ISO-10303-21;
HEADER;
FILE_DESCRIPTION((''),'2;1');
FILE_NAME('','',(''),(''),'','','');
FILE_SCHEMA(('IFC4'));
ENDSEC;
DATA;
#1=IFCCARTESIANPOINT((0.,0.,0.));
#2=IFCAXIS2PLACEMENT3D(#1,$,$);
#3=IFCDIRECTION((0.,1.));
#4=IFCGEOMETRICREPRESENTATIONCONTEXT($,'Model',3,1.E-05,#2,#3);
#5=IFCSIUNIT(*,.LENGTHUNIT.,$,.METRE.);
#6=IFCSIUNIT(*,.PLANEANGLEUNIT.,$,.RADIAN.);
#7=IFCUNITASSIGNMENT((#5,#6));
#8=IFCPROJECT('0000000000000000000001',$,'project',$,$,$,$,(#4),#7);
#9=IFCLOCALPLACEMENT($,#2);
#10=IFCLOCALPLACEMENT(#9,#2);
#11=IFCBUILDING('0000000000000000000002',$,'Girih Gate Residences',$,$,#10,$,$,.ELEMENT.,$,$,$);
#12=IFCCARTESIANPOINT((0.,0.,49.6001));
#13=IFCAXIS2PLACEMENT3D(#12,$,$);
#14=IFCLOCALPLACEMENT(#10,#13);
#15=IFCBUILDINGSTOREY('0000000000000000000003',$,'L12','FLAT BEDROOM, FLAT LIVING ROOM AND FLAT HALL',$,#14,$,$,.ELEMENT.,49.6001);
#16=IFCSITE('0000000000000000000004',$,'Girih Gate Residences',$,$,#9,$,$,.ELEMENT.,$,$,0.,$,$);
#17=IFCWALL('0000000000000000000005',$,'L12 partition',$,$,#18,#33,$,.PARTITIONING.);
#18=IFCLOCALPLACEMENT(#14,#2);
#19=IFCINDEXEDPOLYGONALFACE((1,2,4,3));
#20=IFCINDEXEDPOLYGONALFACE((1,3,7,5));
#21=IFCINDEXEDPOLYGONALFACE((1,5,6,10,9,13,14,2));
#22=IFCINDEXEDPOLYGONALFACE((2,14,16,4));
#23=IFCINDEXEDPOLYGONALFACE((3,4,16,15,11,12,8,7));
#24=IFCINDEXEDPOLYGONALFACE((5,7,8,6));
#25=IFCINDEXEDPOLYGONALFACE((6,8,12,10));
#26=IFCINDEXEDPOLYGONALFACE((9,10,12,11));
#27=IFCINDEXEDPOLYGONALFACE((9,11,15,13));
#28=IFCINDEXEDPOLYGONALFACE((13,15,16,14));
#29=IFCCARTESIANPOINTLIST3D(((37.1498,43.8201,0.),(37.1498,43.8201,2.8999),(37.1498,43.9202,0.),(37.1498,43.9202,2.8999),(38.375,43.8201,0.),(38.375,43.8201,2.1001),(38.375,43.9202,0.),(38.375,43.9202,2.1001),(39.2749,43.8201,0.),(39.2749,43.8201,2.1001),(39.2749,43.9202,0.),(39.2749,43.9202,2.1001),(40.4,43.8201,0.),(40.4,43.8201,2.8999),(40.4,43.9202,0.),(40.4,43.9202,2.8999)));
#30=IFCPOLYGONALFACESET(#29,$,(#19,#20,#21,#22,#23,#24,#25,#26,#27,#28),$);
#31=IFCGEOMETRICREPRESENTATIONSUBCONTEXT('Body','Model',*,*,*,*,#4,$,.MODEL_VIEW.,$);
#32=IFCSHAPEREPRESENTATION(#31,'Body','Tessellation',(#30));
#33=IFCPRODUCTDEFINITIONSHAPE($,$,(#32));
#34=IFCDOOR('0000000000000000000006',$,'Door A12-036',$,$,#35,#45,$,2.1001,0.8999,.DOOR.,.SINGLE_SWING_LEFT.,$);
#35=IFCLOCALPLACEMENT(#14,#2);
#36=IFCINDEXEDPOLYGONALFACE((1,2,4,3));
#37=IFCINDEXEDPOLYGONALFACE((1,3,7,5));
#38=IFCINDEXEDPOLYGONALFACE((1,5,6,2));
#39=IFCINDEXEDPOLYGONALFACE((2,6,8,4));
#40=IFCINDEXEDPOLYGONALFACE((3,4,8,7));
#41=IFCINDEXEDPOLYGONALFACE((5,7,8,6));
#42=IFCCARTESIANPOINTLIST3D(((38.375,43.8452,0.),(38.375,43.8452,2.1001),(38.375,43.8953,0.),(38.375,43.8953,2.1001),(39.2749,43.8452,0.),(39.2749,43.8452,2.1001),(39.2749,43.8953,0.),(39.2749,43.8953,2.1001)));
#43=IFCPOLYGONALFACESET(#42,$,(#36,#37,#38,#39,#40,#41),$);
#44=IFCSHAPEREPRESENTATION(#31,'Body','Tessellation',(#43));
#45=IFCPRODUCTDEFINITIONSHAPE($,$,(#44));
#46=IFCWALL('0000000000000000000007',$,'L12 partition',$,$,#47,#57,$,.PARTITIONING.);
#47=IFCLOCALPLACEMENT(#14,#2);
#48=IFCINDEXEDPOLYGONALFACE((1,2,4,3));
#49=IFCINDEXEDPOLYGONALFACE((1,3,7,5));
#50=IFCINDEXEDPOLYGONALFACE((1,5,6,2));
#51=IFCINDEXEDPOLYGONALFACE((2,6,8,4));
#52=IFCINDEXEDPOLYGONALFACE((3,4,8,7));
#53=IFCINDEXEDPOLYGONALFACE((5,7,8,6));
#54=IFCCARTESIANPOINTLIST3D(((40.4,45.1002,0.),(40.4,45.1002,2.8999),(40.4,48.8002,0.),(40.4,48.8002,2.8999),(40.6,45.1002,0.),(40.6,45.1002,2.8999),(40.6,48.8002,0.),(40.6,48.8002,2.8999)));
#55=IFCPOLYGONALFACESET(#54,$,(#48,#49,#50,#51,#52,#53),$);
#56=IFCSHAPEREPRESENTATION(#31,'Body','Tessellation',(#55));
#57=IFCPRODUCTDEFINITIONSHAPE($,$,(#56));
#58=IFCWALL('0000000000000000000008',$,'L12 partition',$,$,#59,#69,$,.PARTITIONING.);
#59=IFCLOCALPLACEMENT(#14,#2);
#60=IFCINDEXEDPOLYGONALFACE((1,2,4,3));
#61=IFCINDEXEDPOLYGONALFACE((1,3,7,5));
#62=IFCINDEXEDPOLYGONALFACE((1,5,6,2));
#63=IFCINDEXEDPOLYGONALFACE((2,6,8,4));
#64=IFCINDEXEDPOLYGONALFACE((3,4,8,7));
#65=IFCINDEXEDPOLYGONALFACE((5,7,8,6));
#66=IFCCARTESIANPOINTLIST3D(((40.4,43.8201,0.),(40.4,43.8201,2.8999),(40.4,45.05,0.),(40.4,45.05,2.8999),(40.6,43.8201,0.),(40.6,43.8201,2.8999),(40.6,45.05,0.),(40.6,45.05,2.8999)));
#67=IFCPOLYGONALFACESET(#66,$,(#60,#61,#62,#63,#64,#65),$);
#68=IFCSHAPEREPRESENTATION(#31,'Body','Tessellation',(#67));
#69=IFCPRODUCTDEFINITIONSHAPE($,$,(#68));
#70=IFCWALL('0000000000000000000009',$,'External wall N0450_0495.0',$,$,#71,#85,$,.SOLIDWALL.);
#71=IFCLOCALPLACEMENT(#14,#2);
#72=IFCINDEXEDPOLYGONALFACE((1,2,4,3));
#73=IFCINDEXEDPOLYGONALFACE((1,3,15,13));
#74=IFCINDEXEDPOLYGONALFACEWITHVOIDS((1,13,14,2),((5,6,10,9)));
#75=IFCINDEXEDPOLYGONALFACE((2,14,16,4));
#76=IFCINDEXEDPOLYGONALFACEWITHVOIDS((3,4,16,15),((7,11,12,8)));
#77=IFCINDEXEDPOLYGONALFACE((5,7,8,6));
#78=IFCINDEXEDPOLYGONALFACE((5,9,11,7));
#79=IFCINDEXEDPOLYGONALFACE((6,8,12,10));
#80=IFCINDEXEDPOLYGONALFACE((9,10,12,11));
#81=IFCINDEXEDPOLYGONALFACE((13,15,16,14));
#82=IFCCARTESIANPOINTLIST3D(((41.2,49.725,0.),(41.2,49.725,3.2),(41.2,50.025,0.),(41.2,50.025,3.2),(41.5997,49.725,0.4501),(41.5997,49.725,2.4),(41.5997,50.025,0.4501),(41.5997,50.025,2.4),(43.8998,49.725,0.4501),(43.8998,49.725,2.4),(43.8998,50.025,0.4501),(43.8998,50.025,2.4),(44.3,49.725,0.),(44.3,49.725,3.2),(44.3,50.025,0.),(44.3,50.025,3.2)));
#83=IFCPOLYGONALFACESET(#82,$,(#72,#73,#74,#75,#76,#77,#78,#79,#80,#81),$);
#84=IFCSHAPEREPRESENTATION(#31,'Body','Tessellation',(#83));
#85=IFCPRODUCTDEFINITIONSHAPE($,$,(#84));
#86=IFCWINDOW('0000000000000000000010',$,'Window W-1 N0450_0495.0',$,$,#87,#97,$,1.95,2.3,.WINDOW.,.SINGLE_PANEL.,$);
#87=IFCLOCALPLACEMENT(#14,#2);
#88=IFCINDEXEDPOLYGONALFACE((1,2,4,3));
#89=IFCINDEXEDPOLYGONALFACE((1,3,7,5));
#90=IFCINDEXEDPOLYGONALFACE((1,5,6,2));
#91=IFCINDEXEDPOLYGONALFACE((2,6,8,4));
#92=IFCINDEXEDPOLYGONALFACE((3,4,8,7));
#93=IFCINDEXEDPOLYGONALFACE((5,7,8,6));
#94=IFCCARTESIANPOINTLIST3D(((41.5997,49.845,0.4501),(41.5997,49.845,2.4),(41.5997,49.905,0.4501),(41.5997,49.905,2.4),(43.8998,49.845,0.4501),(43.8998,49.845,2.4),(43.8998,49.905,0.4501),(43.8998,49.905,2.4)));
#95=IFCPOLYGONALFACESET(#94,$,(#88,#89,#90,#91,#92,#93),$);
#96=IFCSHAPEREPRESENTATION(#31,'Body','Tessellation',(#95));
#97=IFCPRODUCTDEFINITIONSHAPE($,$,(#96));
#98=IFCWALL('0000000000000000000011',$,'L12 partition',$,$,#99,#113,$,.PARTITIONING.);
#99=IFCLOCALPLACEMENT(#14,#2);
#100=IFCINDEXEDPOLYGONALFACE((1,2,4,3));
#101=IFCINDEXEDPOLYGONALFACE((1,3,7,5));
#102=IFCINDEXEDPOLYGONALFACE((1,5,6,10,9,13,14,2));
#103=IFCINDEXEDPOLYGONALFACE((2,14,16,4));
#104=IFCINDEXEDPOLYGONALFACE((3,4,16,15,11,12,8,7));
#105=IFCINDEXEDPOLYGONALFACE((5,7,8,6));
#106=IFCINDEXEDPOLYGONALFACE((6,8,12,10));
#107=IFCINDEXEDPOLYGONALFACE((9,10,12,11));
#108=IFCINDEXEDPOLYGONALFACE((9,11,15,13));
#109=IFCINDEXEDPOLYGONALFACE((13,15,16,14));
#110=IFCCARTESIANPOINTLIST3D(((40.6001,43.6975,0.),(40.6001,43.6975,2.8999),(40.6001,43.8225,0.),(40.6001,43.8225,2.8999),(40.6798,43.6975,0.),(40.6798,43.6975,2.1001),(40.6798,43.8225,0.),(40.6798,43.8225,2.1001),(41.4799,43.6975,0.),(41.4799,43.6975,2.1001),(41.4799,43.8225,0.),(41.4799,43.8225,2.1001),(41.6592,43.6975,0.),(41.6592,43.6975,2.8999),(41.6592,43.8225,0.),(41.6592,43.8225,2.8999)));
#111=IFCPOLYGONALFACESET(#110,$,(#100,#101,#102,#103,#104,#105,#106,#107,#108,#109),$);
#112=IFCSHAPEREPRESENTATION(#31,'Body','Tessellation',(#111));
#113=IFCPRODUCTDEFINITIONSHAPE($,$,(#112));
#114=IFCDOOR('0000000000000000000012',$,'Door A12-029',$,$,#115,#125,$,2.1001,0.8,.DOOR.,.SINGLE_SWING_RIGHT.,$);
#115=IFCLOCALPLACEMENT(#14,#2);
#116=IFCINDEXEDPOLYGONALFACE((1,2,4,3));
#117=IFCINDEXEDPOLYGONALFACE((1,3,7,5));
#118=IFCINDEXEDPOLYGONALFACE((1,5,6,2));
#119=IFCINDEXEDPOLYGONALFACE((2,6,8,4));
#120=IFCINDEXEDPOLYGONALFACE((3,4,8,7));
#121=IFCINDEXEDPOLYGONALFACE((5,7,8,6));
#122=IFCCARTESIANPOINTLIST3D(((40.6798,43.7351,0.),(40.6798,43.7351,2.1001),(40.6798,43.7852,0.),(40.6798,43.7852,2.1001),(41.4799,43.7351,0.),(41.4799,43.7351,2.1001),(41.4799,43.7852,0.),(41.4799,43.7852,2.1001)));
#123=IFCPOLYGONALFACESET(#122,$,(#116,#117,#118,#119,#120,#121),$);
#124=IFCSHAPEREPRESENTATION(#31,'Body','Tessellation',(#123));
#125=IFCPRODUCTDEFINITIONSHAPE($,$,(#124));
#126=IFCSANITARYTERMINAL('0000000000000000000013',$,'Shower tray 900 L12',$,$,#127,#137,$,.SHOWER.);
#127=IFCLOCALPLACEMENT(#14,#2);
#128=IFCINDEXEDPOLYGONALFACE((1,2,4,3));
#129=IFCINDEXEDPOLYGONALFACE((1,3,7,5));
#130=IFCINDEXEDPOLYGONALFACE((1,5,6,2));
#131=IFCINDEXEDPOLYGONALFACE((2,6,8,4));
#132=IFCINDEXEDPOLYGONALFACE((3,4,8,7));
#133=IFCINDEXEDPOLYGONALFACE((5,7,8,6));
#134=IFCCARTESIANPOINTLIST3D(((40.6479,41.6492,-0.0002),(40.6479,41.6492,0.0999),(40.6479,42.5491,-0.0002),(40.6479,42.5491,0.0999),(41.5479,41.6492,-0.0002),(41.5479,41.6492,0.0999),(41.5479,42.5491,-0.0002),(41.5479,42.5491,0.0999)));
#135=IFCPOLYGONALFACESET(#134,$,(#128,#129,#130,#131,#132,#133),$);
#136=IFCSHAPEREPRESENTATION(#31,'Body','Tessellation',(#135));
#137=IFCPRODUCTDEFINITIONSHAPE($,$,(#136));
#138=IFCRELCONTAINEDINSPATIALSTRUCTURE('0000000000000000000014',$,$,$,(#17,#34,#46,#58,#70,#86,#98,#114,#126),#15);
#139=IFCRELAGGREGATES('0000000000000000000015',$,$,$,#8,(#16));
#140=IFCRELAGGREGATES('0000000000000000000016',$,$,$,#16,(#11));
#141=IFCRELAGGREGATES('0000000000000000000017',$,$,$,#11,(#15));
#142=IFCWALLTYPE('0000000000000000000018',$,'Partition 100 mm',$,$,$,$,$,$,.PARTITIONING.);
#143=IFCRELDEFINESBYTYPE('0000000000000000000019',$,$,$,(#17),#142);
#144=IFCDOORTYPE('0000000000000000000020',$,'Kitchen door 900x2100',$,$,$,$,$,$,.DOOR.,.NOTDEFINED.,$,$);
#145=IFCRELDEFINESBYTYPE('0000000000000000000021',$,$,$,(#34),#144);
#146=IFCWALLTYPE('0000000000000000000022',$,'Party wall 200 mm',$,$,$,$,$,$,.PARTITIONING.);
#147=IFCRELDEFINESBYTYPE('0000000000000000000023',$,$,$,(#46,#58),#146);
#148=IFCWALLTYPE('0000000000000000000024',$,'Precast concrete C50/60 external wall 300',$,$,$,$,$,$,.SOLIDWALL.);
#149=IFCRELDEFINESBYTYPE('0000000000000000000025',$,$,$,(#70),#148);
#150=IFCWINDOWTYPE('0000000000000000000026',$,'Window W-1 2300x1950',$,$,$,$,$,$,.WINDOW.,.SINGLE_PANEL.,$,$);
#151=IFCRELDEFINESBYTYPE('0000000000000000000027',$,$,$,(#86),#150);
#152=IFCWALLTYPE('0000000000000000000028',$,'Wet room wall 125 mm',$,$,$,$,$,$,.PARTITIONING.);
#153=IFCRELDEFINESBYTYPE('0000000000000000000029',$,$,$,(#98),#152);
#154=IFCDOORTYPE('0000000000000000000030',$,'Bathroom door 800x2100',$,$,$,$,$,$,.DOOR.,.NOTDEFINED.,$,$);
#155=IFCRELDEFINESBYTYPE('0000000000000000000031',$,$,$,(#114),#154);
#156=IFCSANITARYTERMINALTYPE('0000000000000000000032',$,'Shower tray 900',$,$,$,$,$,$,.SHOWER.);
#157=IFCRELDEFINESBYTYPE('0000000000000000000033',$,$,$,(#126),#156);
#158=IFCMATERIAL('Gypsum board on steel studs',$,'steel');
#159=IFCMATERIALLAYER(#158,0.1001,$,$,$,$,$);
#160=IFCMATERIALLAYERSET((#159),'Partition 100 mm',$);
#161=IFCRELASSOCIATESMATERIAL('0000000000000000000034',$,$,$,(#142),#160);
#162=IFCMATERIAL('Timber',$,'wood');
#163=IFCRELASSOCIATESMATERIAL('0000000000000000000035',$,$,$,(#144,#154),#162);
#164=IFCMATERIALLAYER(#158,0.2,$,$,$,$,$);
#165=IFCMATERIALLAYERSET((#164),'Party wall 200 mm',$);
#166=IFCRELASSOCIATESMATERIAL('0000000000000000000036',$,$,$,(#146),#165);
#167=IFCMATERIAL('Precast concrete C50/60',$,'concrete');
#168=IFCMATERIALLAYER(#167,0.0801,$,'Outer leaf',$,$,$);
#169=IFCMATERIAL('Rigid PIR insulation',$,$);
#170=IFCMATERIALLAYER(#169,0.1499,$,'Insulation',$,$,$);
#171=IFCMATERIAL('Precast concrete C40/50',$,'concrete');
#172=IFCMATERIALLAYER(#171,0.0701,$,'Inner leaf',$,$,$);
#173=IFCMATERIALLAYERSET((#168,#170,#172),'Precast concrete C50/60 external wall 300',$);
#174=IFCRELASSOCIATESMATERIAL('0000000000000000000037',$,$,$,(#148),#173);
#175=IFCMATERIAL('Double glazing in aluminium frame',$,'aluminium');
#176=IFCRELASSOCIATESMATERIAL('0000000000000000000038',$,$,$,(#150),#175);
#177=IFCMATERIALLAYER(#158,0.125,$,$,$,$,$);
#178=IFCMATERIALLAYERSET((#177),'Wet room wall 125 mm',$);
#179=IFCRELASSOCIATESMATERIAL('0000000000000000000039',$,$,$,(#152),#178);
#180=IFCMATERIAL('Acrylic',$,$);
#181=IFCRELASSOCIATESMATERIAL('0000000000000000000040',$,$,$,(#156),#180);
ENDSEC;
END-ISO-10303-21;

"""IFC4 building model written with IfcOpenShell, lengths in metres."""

from ifc_helpers import new_model, si_unit, direction, frame, frame_2d, origin, origin_2d, place, context, subcontext, project, spatial, rectangle, extrude, material, layer, layer_set, type_object, element, fill, save


model = new_model("IFC4")

# Units and contexts
model_context = context("Model", 3, precision=1e-05, world=origin(), true_north=direction((0.0, 1.0)))
body_context = subcontext(model_context, "Body", "Model", "MODEL_VIEW")
ifc_project = project(units=[si_unit("LENGTHUNIT", "METRE"), si_unit("PLANEANGLEUNIT", "RADIAN")], contexts=[model_context])

# Site, building, storey
site_placement = place(None, origin())
site = spatial("IfcSite", under=ifc_project, at=site_placement, Name="Girih Gate Residences", CompositionType="ELEMENT", RefElevation=0.0)
building_placement = place(site_placement, origin())
building = spatial("IfcBuilding", under=site, at=building_placement, Name="Girih Gate Residences", CompositionType="ELEMENT")
storey_placement = place(building_placement, frame((0.0, 0.0, 49.6001)))
storey = spatial("IfcBuildingStorey", under=building, at=storey_placement, Name="L12", Description="FLAT BEDROOM, FLAT LIVING ROOM AND FLAT HALL", CompositionType="ELEMENT", Elevation=49.6001)

# Wall, opening, door
ifc_material_1 = material(Name="Gypsum board on steel studs", Category="steel")
ifc_layer_1 = layer(ifc_material_1, 0.1001)
ifc_layer_set_1 = layer_set([ifc_layer_1], Name="Partition 100 mm")
wall_type_1 = type_object("IfcWallType", Name="Partition 100 mm", PredefinedType="PARTITIONING", material=ifc_layer_set_1)
ifc_material_2 = material(Name="Timber", Category="wood")
door_type_1 = type_object("IfcDoorType", Name="Kitchen door 900x2100", OperationType="NOTDEFINED", PredefinedType="DOOR", material=ifc_material_2)
wall_1_placement = place(storey_placement, frame((40.3999, 43.8701, 0.0), z_axis=(0.0, 0.0, 1.0), x_axis=(-1.0, 0.0, 0.0)))
wall_1 = element("IfcWall", 1, at=wall_1_placement, inside=storey, type_object=wall_type_1, Name="L12 partition", PredefinedType="PARTITIONING", context=body_context, shape_type="SweptSolid", body=[
    extrude(rectangle(XDim=3.2502, YDim=0.1001, at=frame_2d((1.625, 0.0))), origin(), (0.0, 0.0, 1.0), 2.8999),
])
opening_1_placement = place(wall_1_placement, frame((1.125, 0.0, 0.0)))
opening_1 = element("IfcOpeningElement", 2, at=opening_1_placement, cuts=wall_1, PredefinedType="OPENING", context=body_context, shape_type="SweptSolid", body=[
    extrude(rectangle(XDim=0.8999, YDim=2.1001, at=frame_2d((0.45, 1.05))), frame((0.0, 0.0601, 0.0), z_axis=(0.0, -1.0, 0.0), x_axis=(1.0, 0.0, 0.0)), (0.0, 0.0, 1.0), 0.1201),
])
door_1_placement = place(opening_1_placement, origin())
door_1 = element("IfcDoor", 3, at=door_1_placement, inside=storey, type_object=door_type_1, Name="Door A12-036", OperationType="SINGLE_SWING_LEFT", OverallHeight=2.1001, OverallWidth=0.8999, PredefinedType="DOOR", context=body_context, shape_type="SweptSolid", body=[
    extrude(rectangle(XDim=0.8999, YDim=2.1001, at=frame_2d((0.45, 1.05))), frame((0.0, 0.0249, 0.0), z_axis=(0.0, -1.0, 0.0), x_axis=(1.0, 0.0, 0.0)), (0.0, 0.0, 1.0), 0.05),
])
fill(opening_1, door_1)

# Walls
ifc_layer_2 = layer(ifc_material_1, 0.2)
ifc_layer_set_2 = layer_set([ifc_layer_2], Name="Party wall 200 mm")
wall_type_2 = type_object("IfcWallType", Name="Party wall 200 mm", PredefinedType="PARTITIONING", material=ifc_layer_set_2)
wall_2_placement = place(storey_placement, frame((40.5, 45.1001, 0.0), z_axis=(0.0, 0.0, 1.0), x_axis=(0.0, 1.0, 0.0)))
element("IfcWall", 4, at=wall_2_placement, inside=storey, type_object=wall_type_2, Name="L12 partition", PredefinedType="PARTITIONING", context=body_context, shape_type="SweptSolid", body=[
    extrude(rectangle(XDim=3.7, YDim=0.2, at=frame_2d((1.8501, 0.0))), origin(), (0.0, 0.0, 1.0), 2.8999),
])
wall_3_placement = place(storey_placement, frame((40.5, 43.8201, 0.0), z_axis=(0.0, 0.0, 1.0), x_axis=(0.0, 1.0, 0.0)))
element("IfcWall", 5, at=wall_3_placement, inside=storey, type_object=wall_type_2, Name="L12 partition", PredefinedType="PARTITIONING", context=body_context, shape_type="SweptSolid", body=[
    extrude(rectangle(XDim=1.23, YDim=0.2, at=frame_2d((0.615, 0.0))), origin(), (0.0, 0.0, 1.0), 2.8999),
])

# Wall, opening, window
ifc_material_3 = material(Name="Precast concrete C50/60", Category="concrete")
ifc_layer_3 = layer(ifc_material_3, 0.0801, Name="Outer leaf")
ifc_material_4 = material(Name="Rigid PIR insulation")
ifc_layer_4 = layer(ifc_material_4, 0.1499, Name="Insulation")
ifc_material_5 = material(Name="Precast concrete C40/50", Category="concrete")
ifc_layer_5 = layer(ifc_material_5, 0.0701, Name="Inner leaf")
ifc_layer_set_3 = layer_set([ifc_layer_3, ifc_layer_4, ifc_layer_5], Name="Precast concrete C50/60 external wall 300")
wall_type_3 = type_object("IfcWallType", Name="Precast concrete C50/60 external wall 300", PredefinedType="SOLIDWALL", material=ifc_layer_set_3)
wall_4_placement = place(storey_placement, frame((41.2, 49.875, 0.0), z_axis=(0.0, 0.0, 1.0), x_axis=(1.0, 0.0, 0.0)))
wall_4 = element("IfcWall", 6, at=wall_4_placement, inside=storey, type_object=wall_type_3, Name="External wall N0450_0495.0", PredefinedType="SOLIDWALL", context=body_context, shape_type="SweptSolid", body=[
    extrude(rectangle(XDim=3.1001, YDim=0.3, at=frame_2d((1.55, 0.0))), origin(), (0.0, 0.0, 1.0), 3.2),
])
opening_2_placement = place(wall_4_placement, frame((0.3999, 0.0, 0.45)))
opening_2 = element("IfcOpeningElement", 7, at=opening_2_placement, cuts=wall_4, PredefinedType="OPENING", context=body_context, shape_type="SweptSolid", body=[
    extrude(rectangle(XDim=2.3, YDim=1.95, at=frame_2d((1.1499, 0.9751))), frame((0.0, 0.1599, 0.0), z_axis=(0.0, -1.0, 0.0), x_axis=(1.0, 0.0, 0.0)), (0.0, 0.0, 1.0), 0.3201),
])
ifc_material_6 = material(Name="Double glazing in aluminium frame", Category="aluminium")
window_type = type_object("IfcWindowType", Name="Window W-1 2300x1950", PartitioningType="SINGLE_PANEL", PredefinedType="WINDOW", material=ifc_material_6)
window_placement = place(opening_2_placement, origin())
window = element("IfcWindow", 8, at=window_placement, inside=storey, type_object=window_type, Name="Window W-1 N0450_0495.0", OverallHeight=1.95, OverallWidth=2.3, PartitioningType="SINGLE_PANEL", PredefinedType="WINDOW", context=body_context, shape_type="SweptSolid", body=[
    extrude(rectangle(XDim=2.3, YDim=1.95, at=frame_2d((1.1499, 0.9751))), frame((0.0, 0.03, 0.0), z_axis=(0.0, -1.0, 0.0), x_axis=(1.0, 0.0, 0.0)), (0.0, 0.0, 1.0), 0.0601),
])
fill(opening_2, window)

# Wall, opening, door
ifc_layer_6 = layer(ifc_material_1, 0.125)
ifc_layer_set_4 = layer_set([ifc_layer_6], Name="Wet room wall 125 mm")
wall_type_4 = type_object("IfcWallType", Name="Wet room wall 125 mm", PredefinedType="PARTITIONING", material=ifc_layer_set_4)
wall_5_placement = place(storey_placement, frame((41.6592, 43.76, 0.0), z_axis=(0.0, 0.0, 1.0), x_axis=(-1.0, 0.0, 0.0)))
wall_5 = element("IfcWall", 9, at=wall_5_placement, inside=storey, type_object=wall_type_4, Name="L12 partition", PredefinedType="PARTITIONING", context=body_context, shape_type="SweptSolid", body=[
    extrude(rectangle(XDim=1.0591, YDim=0.125, at=frame_2d((0.5295, 0.0))), origin(), (0.0, 0.0, 1.0), 2.8999),
])
opening_3_placement = place(wall_5_placement, frame((0.1794, 0.0, 0.0)))
opening_3 = element("IfcOpeningElement", 10, at=opening_3_placement, cuts=wall_5, PredefinedType="OPENING", context=body_context, shape_type="SweptSolid", body=[
    extrude(rectangle(XDim=0.8, YDim=2.1001, at=frame_2d((0.3999, 1.05))), frame((0.0, 0.0725, 0.0), z_axis=(0.0, -1.0, 0.0), x_axis=(1.0, 0.0, 0.0)), (0.0, 0.0, 1.0), 0.145),
])
door_type_2 = type_object("IfcDoorType", Name="Bathroom door 800x2100", OperationType="NOTDEFINED", PredefinedType="DOOR", material=ifc_material_2)
door_2_placement = place(opening_3_placement, origin())
door_2 = element("IfcDoor", 11, at=door_2_placement, inside=storey, type_object=door_type_2, Name="Door A12-029", OperationType="SINGLE_SWING_RIGHT", OverallHeight=2.1001, OverallWidth=0.8, PredefinedType="DOOR", context=body_context, shape_type="SweptSolid", body=[
    extrude(rectangle(XDim=0.8, YDim=2.1001, at=frame_2d((0.3999, 1.05))), frame((0.0, 0.0249, 0.0), z_axis=(0.0, -1.0, 0.0), x_axis=(1.0, 0.0, 0.0)), (0.0, 0.0, 1.0), 0.05),
])
fill(opening_3, door_2)

# Sanitary terminal
ifc_material_7 = material(Name="Acrylic")
sanitary_terminal_type = type_object("IfcSanitaryTerminalType", Name="Shower tray 900", PredefinedType="SHOWER", material=ifc_material_7)
sanitary_terminal_placement = place(storey_placement, frame((41.0979, 42.0991, -0.0002), z_axis=(0.0, 0.0, 1.0), x_axis=(1.0, 0.0, 0.0)))
element("IfcSanitaryTerminal", 12, at=sanitary_terminal_placement, inside=storey, type_object=sanitary_terminal_type, Name="Shower tray 900 L12", PredefinedType="SHOWER", context=body_context, shape_type="SweptSolid", body=[
    extrude(rectangle(XDim=0.8999, YDim=0.8999, at=origin_2d()), origin(), (0.0, 0.0, 1.0), 0.1001),
])

save(model, "model.ifc")
